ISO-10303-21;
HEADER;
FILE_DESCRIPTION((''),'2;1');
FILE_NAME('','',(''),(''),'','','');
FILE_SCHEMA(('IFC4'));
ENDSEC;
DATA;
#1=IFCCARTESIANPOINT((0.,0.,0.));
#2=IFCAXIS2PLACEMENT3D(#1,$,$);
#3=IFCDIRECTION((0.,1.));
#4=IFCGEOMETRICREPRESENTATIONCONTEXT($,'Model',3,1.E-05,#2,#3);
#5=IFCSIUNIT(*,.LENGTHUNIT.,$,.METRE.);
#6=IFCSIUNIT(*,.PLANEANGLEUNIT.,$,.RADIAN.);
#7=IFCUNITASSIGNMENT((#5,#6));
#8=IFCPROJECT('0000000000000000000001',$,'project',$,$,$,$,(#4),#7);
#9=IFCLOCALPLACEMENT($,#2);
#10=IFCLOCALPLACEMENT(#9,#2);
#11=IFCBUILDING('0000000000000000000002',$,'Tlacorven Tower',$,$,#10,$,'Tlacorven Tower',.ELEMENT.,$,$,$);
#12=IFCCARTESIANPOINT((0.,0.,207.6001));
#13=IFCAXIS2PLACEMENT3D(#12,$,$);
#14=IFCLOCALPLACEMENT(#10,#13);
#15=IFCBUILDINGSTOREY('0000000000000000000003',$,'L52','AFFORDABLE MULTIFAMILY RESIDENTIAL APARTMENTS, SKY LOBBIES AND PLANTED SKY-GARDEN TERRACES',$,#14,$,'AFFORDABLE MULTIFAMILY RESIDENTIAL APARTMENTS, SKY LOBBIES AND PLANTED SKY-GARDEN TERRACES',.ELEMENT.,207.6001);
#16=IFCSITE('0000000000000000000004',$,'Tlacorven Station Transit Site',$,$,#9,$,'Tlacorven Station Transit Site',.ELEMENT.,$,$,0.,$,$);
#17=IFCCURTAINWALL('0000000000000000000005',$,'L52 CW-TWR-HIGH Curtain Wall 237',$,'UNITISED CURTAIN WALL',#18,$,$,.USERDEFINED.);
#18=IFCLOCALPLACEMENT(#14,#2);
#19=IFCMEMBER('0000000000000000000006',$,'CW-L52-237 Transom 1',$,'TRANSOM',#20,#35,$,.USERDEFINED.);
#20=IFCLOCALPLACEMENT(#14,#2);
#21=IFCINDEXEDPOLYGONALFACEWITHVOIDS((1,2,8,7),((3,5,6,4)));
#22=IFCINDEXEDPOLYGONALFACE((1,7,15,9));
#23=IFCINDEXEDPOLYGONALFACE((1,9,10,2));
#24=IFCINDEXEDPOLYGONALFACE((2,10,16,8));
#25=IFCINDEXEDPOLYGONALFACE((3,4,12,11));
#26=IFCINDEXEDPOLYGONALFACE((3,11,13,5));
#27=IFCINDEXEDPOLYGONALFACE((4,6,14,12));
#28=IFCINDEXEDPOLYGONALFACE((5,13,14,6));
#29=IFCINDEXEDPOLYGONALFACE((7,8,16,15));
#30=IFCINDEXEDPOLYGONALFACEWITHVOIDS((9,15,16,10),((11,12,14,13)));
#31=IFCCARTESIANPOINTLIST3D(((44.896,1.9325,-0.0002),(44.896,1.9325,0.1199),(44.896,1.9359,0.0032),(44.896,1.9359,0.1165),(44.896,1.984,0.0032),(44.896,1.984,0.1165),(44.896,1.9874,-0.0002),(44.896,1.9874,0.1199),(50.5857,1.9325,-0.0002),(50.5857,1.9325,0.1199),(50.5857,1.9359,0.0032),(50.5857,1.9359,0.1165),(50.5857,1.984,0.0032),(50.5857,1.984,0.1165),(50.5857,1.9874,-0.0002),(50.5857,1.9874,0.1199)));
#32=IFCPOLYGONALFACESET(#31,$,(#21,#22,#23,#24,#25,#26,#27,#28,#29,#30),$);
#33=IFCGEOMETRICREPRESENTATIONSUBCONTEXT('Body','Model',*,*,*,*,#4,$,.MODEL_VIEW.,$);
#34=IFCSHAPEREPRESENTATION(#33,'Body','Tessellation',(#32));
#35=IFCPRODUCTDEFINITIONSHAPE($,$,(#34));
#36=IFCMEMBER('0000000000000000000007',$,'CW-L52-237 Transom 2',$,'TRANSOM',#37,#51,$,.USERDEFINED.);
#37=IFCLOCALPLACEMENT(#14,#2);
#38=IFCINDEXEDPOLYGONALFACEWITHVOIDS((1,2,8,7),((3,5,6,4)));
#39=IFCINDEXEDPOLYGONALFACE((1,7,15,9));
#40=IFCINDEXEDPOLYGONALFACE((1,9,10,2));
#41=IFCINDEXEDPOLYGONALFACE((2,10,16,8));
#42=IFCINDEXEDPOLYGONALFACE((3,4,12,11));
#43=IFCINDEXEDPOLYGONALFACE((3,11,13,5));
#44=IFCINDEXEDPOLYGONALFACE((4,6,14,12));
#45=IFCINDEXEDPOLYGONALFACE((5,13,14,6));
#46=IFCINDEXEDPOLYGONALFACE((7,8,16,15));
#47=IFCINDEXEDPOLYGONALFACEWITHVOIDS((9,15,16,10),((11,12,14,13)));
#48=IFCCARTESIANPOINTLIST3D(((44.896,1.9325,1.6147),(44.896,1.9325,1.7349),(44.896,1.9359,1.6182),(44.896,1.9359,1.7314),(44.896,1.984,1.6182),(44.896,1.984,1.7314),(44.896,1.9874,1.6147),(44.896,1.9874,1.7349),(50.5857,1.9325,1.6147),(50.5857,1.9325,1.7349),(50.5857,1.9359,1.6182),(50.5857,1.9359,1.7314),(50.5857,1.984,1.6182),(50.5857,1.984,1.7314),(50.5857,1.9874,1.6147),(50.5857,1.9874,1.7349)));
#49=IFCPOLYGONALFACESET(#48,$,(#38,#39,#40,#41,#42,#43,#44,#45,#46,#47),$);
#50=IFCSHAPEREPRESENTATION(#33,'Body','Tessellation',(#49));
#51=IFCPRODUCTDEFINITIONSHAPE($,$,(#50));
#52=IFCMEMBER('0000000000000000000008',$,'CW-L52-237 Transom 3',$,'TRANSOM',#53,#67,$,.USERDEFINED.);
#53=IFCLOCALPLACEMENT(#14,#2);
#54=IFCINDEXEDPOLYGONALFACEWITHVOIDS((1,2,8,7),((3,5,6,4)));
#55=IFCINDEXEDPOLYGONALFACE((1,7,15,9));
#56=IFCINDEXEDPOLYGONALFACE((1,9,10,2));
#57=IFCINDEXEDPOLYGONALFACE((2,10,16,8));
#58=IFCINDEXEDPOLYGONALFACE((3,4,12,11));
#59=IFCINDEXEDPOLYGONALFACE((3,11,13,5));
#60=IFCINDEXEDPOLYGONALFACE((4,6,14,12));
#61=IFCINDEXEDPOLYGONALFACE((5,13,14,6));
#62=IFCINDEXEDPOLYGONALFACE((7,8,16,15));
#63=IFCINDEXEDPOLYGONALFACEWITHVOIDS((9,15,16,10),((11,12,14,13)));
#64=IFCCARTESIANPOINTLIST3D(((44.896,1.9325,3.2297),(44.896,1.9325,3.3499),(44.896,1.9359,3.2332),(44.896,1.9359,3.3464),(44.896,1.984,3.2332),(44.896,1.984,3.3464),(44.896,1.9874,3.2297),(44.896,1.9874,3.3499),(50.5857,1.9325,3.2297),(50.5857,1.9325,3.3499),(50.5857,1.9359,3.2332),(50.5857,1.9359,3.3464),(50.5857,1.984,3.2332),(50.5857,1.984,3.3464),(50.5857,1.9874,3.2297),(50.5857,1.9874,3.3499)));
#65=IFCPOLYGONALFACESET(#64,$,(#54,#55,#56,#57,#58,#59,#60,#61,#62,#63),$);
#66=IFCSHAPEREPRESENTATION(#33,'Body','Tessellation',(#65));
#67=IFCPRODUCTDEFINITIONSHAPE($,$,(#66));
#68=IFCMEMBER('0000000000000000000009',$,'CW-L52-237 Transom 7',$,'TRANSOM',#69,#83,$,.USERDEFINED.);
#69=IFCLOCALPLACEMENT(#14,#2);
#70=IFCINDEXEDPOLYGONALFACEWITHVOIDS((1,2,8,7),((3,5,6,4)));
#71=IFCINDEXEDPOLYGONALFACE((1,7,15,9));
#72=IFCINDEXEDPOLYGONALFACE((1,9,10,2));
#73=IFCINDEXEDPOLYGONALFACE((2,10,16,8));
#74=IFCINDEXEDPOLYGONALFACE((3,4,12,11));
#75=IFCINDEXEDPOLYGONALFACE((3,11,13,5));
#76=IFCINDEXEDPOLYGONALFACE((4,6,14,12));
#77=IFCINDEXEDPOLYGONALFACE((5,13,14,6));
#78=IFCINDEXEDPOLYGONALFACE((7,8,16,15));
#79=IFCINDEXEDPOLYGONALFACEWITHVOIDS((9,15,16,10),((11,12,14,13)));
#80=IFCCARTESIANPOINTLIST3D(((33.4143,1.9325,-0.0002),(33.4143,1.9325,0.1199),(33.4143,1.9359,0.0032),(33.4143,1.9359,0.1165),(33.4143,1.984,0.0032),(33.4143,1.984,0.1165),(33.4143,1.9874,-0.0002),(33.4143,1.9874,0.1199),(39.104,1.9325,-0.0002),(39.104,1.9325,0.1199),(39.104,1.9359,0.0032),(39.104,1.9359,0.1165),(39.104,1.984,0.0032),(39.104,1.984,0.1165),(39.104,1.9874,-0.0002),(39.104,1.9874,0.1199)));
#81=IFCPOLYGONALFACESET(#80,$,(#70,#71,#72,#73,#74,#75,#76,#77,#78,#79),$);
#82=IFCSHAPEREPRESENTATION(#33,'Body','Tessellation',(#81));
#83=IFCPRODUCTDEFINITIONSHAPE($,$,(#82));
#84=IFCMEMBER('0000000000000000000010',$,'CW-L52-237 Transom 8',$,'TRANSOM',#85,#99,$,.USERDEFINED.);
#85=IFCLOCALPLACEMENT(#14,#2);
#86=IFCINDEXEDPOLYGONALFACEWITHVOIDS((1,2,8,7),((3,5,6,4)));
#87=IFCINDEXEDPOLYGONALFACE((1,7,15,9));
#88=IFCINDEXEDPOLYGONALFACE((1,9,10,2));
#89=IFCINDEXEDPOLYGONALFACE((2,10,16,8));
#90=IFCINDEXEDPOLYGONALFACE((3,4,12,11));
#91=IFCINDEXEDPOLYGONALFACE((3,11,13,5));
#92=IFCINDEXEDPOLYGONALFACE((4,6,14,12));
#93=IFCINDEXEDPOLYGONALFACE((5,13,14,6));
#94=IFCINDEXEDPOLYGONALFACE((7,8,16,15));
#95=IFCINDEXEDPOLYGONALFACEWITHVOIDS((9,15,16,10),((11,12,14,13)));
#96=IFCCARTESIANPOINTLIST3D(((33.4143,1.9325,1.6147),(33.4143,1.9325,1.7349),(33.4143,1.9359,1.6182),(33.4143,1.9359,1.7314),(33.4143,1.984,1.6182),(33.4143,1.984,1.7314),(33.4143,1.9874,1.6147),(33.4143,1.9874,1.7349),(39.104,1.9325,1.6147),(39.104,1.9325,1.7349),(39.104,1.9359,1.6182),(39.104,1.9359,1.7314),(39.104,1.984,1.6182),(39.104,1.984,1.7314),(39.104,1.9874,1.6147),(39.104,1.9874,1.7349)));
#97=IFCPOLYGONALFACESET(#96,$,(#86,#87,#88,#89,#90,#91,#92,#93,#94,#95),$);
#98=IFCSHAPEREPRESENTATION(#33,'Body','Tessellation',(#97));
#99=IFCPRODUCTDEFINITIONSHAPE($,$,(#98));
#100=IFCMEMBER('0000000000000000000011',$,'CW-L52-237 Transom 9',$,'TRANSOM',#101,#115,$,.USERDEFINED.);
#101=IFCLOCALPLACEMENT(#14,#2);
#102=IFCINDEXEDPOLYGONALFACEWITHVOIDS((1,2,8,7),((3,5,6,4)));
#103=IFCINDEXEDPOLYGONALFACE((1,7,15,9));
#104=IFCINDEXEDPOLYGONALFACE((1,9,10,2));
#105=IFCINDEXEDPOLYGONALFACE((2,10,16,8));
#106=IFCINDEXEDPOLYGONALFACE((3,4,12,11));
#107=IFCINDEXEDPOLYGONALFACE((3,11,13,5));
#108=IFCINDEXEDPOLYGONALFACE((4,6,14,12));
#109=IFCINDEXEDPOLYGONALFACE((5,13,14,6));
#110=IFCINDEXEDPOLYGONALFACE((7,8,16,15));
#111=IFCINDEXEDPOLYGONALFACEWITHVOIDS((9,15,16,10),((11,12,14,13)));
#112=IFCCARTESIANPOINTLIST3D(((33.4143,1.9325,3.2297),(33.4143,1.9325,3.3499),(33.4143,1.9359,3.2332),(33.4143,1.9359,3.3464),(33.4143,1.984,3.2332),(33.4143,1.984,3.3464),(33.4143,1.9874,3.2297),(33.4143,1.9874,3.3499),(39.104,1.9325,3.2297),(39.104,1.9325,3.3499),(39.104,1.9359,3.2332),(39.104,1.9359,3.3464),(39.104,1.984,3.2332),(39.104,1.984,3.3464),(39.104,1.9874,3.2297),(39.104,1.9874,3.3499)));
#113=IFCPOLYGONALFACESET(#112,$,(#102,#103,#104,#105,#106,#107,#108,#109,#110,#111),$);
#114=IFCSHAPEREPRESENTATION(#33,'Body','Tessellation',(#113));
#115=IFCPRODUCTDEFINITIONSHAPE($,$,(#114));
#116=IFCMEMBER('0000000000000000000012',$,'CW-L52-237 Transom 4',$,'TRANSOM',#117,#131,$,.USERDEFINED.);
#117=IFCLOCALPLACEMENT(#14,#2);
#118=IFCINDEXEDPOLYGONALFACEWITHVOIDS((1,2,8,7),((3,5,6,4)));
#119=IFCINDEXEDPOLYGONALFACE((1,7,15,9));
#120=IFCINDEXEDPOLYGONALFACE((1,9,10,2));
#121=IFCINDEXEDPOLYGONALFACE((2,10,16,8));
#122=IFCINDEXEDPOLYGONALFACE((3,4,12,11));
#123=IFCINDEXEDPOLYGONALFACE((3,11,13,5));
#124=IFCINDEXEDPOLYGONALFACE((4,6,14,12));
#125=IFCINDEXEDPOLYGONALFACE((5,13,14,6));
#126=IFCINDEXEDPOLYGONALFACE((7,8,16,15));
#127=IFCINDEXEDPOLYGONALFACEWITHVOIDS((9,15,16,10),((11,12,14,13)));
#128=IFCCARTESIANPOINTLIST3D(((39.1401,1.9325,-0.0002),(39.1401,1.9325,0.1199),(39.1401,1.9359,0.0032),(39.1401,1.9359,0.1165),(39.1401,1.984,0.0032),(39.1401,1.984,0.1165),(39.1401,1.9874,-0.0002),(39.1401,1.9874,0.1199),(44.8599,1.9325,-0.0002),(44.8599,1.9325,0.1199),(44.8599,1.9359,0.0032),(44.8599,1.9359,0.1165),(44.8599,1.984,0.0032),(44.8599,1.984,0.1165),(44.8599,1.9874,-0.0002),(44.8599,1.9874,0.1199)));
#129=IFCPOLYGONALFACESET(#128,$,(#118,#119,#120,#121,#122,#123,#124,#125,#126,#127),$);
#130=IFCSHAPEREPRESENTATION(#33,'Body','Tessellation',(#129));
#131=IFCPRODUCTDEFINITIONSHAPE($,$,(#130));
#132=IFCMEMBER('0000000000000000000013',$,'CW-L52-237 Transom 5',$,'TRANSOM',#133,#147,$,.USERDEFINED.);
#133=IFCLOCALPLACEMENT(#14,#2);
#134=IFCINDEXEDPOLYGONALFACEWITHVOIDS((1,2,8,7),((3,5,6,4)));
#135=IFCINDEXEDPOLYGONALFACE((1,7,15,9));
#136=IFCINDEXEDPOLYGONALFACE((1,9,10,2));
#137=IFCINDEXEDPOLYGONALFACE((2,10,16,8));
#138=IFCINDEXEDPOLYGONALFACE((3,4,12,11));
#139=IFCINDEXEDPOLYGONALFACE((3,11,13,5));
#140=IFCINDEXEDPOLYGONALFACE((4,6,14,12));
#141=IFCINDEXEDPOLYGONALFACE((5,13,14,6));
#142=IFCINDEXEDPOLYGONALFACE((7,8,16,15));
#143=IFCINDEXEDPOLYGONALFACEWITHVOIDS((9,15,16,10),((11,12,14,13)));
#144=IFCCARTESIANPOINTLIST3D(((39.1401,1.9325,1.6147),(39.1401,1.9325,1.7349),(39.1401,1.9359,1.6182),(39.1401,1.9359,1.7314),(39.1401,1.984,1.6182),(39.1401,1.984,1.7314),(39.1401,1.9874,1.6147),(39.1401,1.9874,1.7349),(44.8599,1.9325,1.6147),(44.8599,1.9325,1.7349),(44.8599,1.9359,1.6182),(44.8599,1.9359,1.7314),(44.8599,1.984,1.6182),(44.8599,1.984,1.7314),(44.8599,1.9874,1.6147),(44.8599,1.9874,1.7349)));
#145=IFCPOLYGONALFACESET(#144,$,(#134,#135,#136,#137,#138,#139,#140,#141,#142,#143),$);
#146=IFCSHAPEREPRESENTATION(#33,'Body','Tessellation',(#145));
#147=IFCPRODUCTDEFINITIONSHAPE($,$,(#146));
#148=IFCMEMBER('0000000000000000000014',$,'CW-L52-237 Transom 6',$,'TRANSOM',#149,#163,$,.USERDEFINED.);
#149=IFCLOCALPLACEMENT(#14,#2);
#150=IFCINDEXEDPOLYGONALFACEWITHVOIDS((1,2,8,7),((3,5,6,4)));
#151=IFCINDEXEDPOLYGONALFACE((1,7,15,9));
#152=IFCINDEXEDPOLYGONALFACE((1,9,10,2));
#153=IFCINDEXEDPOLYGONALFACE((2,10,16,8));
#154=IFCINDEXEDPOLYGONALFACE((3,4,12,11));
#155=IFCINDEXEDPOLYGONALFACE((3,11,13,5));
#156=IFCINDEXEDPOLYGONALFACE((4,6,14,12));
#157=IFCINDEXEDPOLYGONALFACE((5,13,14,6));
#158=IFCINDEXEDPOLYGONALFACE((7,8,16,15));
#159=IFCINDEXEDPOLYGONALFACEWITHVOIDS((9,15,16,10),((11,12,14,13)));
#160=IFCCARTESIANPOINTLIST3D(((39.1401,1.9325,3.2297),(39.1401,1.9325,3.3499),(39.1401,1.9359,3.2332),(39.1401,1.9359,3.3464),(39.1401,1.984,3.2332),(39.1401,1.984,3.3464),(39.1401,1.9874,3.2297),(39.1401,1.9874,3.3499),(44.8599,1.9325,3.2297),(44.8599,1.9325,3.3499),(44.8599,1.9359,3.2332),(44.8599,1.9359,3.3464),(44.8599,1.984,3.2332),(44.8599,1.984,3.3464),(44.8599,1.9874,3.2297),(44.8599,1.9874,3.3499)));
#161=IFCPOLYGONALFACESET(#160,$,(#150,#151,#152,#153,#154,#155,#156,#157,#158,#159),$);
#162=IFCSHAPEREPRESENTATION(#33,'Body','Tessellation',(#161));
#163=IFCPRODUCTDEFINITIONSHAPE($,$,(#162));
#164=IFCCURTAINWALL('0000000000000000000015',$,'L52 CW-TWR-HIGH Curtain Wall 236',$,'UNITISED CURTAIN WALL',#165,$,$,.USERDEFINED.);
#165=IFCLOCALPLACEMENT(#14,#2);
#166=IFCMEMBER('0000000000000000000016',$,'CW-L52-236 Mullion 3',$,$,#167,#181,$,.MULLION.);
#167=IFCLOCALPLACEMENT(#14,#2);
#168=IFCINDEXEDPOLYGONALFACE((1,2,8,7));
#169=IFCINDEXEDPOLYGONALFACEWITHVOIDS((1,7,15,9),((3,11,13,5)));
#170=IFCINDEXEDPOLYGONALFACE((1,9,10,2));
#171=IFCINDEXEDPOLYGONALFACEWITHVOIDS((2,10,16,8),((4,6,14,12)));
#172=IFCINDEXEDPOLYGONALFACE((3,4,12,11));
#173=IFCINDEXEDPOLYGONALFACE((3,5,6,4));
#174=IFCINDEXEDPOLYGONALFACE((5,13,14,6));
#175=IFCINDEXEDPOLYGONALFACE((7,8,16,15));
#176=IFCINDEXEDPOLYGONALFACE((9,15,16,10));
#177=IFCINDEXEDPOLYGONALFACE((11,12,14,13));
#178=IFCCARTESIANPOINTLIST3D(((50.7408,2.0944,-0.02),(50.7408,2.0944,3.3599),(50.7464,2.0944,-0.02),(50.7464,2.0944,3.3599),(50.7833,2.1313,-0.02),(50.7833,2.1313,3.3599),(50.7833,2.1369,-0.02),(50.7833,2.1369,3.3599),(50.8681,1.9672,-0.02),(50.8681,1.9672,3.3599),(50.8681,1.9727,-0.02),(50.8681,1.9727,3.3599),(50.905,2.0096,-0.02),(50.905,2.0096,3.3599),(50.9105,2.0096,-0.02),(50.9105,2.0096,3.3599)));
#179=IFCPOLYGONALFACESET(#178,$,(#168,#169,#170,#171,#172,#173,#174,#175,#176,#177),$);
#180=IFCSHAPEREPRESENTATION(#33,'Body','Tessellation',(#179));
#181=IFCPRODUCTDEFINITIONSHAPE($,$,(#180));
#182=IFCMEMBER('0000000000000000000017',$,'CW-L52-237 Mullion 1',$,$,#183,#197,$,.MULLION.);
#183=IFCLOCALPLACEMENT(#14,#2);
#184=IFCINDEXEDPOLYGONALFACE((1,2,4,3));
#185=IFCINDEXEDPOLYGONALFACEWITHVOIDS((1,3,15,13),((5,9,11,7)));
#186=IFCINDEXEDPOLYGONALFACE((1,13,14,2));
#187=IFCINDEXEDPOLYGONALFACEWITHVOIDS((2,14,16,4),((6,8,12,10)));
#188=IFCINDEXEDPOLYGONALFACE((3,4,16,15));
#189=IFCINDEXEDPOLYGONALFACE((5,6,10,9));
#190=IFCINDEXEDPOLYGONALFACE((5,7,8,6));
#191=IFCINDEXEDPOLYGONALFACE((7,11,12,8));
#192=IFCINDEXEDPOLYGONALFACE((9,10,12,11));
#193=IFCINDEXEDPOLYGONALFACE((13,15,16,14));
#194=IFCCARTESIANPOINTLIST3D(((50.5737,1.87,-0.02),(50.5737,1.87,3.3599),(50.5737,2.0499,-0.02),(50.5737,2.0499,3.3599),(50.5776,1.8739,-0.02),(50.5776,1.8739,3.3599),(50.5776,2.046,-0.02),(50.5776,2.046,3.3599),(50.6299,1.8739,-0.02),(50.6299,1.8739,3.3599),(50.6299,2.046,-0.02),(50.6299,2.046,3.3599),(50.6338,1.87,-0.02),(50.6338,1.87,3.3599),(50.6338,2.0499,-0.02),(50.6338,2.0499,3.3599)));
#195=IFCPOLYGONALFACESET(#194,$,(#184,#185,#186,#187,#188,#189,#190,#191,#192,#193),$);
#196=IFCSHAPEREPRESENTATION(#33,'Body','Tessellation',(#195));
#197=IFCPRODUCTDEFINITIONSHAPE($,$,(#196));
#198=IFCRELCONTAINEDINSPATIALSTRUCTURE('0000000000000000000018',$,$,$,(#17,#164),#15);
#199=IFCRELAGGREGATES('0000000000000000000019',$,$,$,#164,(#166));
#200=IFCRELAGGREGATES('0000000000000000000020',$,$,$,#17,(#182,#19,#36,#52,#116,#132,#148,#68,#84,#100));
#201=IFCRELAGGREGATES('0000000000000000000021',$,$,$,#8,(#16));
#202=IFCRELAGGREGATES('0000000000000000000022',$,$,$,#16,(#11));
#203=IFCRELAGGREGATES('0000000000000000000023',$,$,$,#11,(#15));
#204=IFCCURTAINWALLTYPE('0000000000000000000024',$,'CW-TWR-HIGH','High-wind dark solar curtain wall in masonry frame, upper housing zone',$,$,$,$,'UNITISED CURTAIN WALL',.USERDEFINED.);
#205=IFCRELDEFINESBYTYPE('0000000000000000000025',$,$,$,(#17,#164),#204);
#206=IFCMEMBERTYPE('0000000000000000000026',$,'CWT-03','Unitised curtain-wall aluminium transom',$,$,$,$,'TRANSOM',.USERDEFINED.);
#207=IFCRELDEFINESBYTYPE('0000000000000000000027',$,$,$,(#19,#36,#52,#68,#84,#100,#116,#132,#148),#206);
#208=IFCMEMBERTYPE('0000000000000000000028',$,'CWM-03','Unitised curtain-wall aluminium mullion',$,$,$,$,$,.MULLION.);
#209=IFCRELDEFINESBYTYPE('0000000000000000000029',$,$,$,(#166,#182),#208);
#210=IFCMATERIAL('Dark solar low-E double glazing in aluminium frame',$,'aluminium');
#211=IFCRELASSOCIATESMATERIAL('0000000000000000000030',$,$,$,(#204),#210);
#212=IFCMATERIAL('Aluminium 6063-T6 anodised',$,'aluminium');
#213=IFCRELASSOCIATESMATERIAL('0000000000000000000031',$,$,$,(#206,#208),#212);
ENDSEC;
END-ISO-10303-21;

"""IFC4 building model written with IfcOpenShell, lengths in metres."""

from ifc_helpers import new_model, si_unit, direction, frame, origin, origin_2d, place, context, subcontext, project, spatial, hollow_rectangle, extrude, source, transform, mapped, material, material_profile, profile_set, type_object, element, aggregate, save


model = new_model("IFC4")

# Units and contexts
model_context = context("Model", 3, precision=1e-05, world=origin(), true_north=direction((0.0, 1.0)))
body_context = subcontext(model_context, "Body", "Model", "MODEL_VIEW")
ifc_project = project(units=[si_unit("LENGTHUNIT", "METRE"), si_unit("PLANEANGLEUNIT", "RADIAN")], contexts=[model_context])

# Site, building, storey
site_placement = place(None, origin())
site = spatial("IfcSite", under=ifc_project, at=site_placement, Name="Tlacorven Station Transit Site", LongName="Tlacorven Station Transit Site", CompositionType="ELEMENT", RefElevation=0.0)
building_placement = place(site_placement, origin())
building = spatial("IfcBuilding", under=site, at=building_placement, Name="Tlacorven Tower", LongName="Tlacorven Tower", CompositionType="ELEMENT")
storey_placement = place(building_placement, frame((0.0, 0.0, 207.6001)))
storey = spatial("IfcBuildingStorey", under=building, at=storey_placement, Name="L52", Description="AFFORDABLE MULTIFAMILY RESIDENTIAL APARTMENTS, SKY LOBBIES AND PLANTED SKY-GARDEN TERRACES", LongName="AFFORDABLE MULTIFAMILY RESIDENTIAL APARTMENTS, SKY LOBBIES AND PLANTED SKY-GARDEN TERRACES", CompositionType="ELEMENT", Elevation=207.6001)

# Curtain wall, members
ifc_material_1 = material(Name="Dark solar low-E double glazing in aluminium frame", Category="aluminium")
curtain_wall_type = type_object("IfcCurtainWallType", Name="CW-TWR-HIGH", Description="High-wind dark solar curtain wall in masonry frame, upper housing zone", ElementType="UNITISED CURTAIN WALL", PredefinedType="USERDEFINED", material=ifc_material_1)
curtain_wall_1_placement = place(storey_placement, origin())
curtain_wall_1 = element("IfcCurtainWall", 1, at=curtain_wall_1_placement, inside=storey, type_object=curtain_wall_type, Name="L52 CW-TWR-HIGH Curtain Wall 237", ObjectType="UNITISED CURTAIN WALL", PredefinedType="USERDEFINED")
ifc_material_2 = material(Name="Aluminium 6063-T6 anodised", Category="aluminium")
ifc_material_profile_1 = material_profile(ifc_material_2, hollow_rectangle(XDim=0.0549, YDim=0.1201, WallThickness=0.0034, at=origin_2d()), Name="ALU TRANSOM 55X120")
ifc_profile_set_1 = profile_set([ifc_material_profile_1], Name="Aluminium 6063-T6 anodised")
member_type_1 = type_object("IfcMemberType", Name="CWT-03", Description="Unitised curtain-wall aluminium transom", ElementType="TRANSOM", PredefinedType="USERDEFINED", material=ifc_profile_set_1)
shared_shape_1 = source(origin(), body_context, "Body", "SweptSolid", [
    extrude(hollow_rectangle(XDim=0.0549, YDim=0.1201, WallThickness=0.0034, at=origin_2d()), origin(), (0.0, 0.0, 1.0), 5.6897),
])
member_1_placement = place(storey_placement, frame((50.5857, 1.96, 0.0598), z_axis=(-1.0, 0.0, 0.0), x_axis=(0.0, -1.0, 0.0)))
member_1 = element("IfcMember", 2, at=member_1_placement, type_object=member_type_1, Name="CW-L52-237 Transom 1", ObjectType="TRANSOM", PredefinedType="USERDEFINED", context=body_context, shape_type="MappedRepresentation", body=[
    mapped(shared_shape_1, transform((0.0, 0.0, 0.0), scale=1.0)),
])
member_2_placement = place(storey_placement, frame((50.5857, 1.96, 1.6748), z_axis=(-1.0, 0.0, 0.0), x_axis=(0.0, -1.0, 0.0)))
member_2 = element("IfcMember", 3, at=member_2_placement, type_object=member_type_1, Name="CW-L52-237 Transom 2", ObjectType="TRANSOM", PredefinedType="USERDEFINED", context=body_context, shape_type="MappedRepresentation", body=[
    mapped(shared_shape_1, transform((0.0, 0.0, 0.0), scale=1.0)),
])
member_3_placement = place(storey_placement, frame((50.5857, 1.96, 3.2898), z_axis=(-1.0, 0.0, 0.0), x_axis=(0.0, -1.0, 0.0)))
member_3 = element("IfcMember", 4, at=member_3_placement, type_object=member_type_1, Name="CW-L52-237 Transom 3", ObjectType="TRANSOM", PredefinedType="USERDEFINED", context=body_context, shape_type="MappedRepresentation", body=[
    mapped(shared_shape_1, transform((0.0, 0.0, 0.0), scale=1.0)),
])
member_4_placement = place(storey_placement, frame((39.104, 1.96, 0.0598), z_axis=(-1.0, 0.0, 0.0), x_axis=(0.0, -1.0, 0.0)))
member_4 = element("IfcMember", 5, at=member_4_placement, type_object=member_type_1, Name="CW-L52-237 Transom 7", ObjectType="TRANSOM", PredefinedType="USERDEFINED", context=body_context, shape_type="MappedRepresentation", body=[
    mapped(shared_shape_1, transform((0.0, 0.0, 0.0), scale=1.0)),
])
member_5_placement = place(storey_placement, frame((39.104, 1.96, 1.6748), z_axis=(-1.0, 0.0, 0.0), x_axis=(0.0, -1.0, 0.0)))
member_5 = element("IfcMember", 6, at=member_5_placement, type_object=member_type_1, Name="CW-L52-237 Transom 8", ObjectType="TRANSOM", PredefinedType="USERDEFINED", context=body_context, shape_type="MappedRepresentation", body=[
    mapped(shared_shape_1, transform((0.0, 0.0, 0.0), scale=1.0)),
])
member_6_placement = place(storey_placement, frame((39.104, 1.96, 3.2898), z_axis=(-1.0, 0.0, 0.0), x_axis=(0.0, -1.0, 0.0)))
member_6 = element("IfcMember", 7, at=member_6_placement, type_object=member_type_1, Name="CW-L52-237 Transom 9", ObjectType="TRANSOM", PredefinedType="USERDEFINED", context=body_context, shape_type="MappedRepresentation", body=[
    mapped(shared_shape_1, transform((0.0, 0.0, 0.0), scale=1.0)),
])
shared_shape_2 = source(origin(), body_context, "Body", "SweptSolid", [
    extrude(hollow_rectangle(XDim=0.0549, YDim=0.1201, WallThickness=0.0034, at=origin_2d()), origin(), (0.0, 0.0, 1.0), 5.7197),
])
member_7_placement = place(storey_placement, frame((44.8599, 1.96, 0.0598), z_axis=(-1.0, 0.0, 0.0), x_axis=(0.0, -1.0, 0.0)))
member_7 = element("IfcMember", 8, at=member_7_placement, type_object=member_type_1, Name="CW-L52-237 Transom 4", ObjectType="TRANSOM", PredefinedType="USERDEFINED", context=body_context, shape_type="MappedRepresentation", body=[
    mapped(shared_shape_2, transform((0.0, 0.0, 0.0), scale=1.0)),
])
member_8_placement = place(storey_placement, frame((44.8599, 1.96, 1.6748), z_axis=(-1.0, 0.0, 0.0), x_axis=(0.0, -1.0, 0.0)))
member_8 = element("IfcMember", 9, at=member_8_placement, type_object=member_type_1, Name="CW-L52-237 Transom 5", ObjectType="TRANSOM", PredefinedType="USERDEFINED", context=body_context, shape_type="MappedRepresentation", body=[
    mapped(shared_shape_2, transform((0.0, 0.0, 0.0), scale=1.0)),
])
member_9_placement = place(storey_placement, frame((44.8599, 1.96, 3.2898), z_axis=(-1.0, 0.0, 0.0), x_axis=(0.0, -1.0, 0.0)))
member_9 = element("IfcMember", 10, at=member_9_placement, type_object=member_type_1, Name="CW-L52-237 Transom 6", ObjectType="TRANSOM", PredefinedType="USERDEFINED", context=body_context, shape_type="MappedRepresentation", body=[
    mapped(shared_shape_2, transform((0.0, 0.0, 0.0), scale=1.0)),
])

# Curtain wall, member
curtain_wall_2_placement = place(storey_placement, origin())
curtain_wall_2 = element("IfcCurtainWall", 11, at=curtain_wall_2_placement, inside=storey, type_object=curtain_wall_type, Name="L52 CW-TWR-HIGH Curtain Wall 236", ObjectType="UNITISED CURTAIN WALL", PredefinedType="USERDEFINED")
ifc_material_profile_2 = material_profile(ifc_material_2, hollow_rectangle(XDim=0.0601, YDim=0.1799, WallThickness=0.0039, at=origin_2d()), Name="ALU MULLION 60X180")
ifc_profile_set_2 = profile_set([ifc_material_profile_2], Name="Aluminium 6063-T6 anodised")
member_type_2 = type_object("IfcMemberType", Name="CWM-03", Description="Unitised curtain-wall aluminium mullion", PredefinedType="MULLION", material=ifc_profile_set_2)
shared_shape_3 = source(origin(), body_context, "Body", "SweptSolid", [
    extrude(hollow_rectangle(XDim=0.0601, YDim=0.1799, WallThickness=0.0039, at=origin_2d()), origin(), (0.0, 0.0, 1.0), 3.3799),
])
member_10_placement = place(storey_placement, frame((50.8257, 2.052, -0.02), z_axis=(0.0, 0.0, 1.0), x_axis=(-0.707107, -0.707107, 0.0)))
member_10 = element("IfcMember", 12, at=member_10_placement, type_object=member_type_2, Name="CW-L52-236 Mullion 3", PredefinedType="MULLION", context=body_context, shape_type="MappedRepresentation", body=[
    mapped(shared_shape_3, transform((0.0, 0.0, 0.0), scale=1.0)),
])

# Member
member_11_placement = place(storey_placement, frame((50.6038, 1.96, -0.02), z_axis=(0.0, 0.0, 1.0), x_axis=(-1.0, 0.0, 0.0)))
member_11 = element("IfcMember", 13, at=member_11_placement, type_object=member_type_2, Name="CW-L52-237 Mullion 1", PredefinedType="MULLION", context=body_context, shape_type="MappedRepresentation", body=[
    mapped(shared_shape_3, transform((0.0, 0.0, 0.0), scale=1.0)),
])

aggregate(curtain_wall_2, [member_10])
aggregate(curtain_wall_1, [member_11, member_1, member_2, member_3, member_7, member_8, member_9, member_4, member_5, member_6])

save(model, "model.ifc")
